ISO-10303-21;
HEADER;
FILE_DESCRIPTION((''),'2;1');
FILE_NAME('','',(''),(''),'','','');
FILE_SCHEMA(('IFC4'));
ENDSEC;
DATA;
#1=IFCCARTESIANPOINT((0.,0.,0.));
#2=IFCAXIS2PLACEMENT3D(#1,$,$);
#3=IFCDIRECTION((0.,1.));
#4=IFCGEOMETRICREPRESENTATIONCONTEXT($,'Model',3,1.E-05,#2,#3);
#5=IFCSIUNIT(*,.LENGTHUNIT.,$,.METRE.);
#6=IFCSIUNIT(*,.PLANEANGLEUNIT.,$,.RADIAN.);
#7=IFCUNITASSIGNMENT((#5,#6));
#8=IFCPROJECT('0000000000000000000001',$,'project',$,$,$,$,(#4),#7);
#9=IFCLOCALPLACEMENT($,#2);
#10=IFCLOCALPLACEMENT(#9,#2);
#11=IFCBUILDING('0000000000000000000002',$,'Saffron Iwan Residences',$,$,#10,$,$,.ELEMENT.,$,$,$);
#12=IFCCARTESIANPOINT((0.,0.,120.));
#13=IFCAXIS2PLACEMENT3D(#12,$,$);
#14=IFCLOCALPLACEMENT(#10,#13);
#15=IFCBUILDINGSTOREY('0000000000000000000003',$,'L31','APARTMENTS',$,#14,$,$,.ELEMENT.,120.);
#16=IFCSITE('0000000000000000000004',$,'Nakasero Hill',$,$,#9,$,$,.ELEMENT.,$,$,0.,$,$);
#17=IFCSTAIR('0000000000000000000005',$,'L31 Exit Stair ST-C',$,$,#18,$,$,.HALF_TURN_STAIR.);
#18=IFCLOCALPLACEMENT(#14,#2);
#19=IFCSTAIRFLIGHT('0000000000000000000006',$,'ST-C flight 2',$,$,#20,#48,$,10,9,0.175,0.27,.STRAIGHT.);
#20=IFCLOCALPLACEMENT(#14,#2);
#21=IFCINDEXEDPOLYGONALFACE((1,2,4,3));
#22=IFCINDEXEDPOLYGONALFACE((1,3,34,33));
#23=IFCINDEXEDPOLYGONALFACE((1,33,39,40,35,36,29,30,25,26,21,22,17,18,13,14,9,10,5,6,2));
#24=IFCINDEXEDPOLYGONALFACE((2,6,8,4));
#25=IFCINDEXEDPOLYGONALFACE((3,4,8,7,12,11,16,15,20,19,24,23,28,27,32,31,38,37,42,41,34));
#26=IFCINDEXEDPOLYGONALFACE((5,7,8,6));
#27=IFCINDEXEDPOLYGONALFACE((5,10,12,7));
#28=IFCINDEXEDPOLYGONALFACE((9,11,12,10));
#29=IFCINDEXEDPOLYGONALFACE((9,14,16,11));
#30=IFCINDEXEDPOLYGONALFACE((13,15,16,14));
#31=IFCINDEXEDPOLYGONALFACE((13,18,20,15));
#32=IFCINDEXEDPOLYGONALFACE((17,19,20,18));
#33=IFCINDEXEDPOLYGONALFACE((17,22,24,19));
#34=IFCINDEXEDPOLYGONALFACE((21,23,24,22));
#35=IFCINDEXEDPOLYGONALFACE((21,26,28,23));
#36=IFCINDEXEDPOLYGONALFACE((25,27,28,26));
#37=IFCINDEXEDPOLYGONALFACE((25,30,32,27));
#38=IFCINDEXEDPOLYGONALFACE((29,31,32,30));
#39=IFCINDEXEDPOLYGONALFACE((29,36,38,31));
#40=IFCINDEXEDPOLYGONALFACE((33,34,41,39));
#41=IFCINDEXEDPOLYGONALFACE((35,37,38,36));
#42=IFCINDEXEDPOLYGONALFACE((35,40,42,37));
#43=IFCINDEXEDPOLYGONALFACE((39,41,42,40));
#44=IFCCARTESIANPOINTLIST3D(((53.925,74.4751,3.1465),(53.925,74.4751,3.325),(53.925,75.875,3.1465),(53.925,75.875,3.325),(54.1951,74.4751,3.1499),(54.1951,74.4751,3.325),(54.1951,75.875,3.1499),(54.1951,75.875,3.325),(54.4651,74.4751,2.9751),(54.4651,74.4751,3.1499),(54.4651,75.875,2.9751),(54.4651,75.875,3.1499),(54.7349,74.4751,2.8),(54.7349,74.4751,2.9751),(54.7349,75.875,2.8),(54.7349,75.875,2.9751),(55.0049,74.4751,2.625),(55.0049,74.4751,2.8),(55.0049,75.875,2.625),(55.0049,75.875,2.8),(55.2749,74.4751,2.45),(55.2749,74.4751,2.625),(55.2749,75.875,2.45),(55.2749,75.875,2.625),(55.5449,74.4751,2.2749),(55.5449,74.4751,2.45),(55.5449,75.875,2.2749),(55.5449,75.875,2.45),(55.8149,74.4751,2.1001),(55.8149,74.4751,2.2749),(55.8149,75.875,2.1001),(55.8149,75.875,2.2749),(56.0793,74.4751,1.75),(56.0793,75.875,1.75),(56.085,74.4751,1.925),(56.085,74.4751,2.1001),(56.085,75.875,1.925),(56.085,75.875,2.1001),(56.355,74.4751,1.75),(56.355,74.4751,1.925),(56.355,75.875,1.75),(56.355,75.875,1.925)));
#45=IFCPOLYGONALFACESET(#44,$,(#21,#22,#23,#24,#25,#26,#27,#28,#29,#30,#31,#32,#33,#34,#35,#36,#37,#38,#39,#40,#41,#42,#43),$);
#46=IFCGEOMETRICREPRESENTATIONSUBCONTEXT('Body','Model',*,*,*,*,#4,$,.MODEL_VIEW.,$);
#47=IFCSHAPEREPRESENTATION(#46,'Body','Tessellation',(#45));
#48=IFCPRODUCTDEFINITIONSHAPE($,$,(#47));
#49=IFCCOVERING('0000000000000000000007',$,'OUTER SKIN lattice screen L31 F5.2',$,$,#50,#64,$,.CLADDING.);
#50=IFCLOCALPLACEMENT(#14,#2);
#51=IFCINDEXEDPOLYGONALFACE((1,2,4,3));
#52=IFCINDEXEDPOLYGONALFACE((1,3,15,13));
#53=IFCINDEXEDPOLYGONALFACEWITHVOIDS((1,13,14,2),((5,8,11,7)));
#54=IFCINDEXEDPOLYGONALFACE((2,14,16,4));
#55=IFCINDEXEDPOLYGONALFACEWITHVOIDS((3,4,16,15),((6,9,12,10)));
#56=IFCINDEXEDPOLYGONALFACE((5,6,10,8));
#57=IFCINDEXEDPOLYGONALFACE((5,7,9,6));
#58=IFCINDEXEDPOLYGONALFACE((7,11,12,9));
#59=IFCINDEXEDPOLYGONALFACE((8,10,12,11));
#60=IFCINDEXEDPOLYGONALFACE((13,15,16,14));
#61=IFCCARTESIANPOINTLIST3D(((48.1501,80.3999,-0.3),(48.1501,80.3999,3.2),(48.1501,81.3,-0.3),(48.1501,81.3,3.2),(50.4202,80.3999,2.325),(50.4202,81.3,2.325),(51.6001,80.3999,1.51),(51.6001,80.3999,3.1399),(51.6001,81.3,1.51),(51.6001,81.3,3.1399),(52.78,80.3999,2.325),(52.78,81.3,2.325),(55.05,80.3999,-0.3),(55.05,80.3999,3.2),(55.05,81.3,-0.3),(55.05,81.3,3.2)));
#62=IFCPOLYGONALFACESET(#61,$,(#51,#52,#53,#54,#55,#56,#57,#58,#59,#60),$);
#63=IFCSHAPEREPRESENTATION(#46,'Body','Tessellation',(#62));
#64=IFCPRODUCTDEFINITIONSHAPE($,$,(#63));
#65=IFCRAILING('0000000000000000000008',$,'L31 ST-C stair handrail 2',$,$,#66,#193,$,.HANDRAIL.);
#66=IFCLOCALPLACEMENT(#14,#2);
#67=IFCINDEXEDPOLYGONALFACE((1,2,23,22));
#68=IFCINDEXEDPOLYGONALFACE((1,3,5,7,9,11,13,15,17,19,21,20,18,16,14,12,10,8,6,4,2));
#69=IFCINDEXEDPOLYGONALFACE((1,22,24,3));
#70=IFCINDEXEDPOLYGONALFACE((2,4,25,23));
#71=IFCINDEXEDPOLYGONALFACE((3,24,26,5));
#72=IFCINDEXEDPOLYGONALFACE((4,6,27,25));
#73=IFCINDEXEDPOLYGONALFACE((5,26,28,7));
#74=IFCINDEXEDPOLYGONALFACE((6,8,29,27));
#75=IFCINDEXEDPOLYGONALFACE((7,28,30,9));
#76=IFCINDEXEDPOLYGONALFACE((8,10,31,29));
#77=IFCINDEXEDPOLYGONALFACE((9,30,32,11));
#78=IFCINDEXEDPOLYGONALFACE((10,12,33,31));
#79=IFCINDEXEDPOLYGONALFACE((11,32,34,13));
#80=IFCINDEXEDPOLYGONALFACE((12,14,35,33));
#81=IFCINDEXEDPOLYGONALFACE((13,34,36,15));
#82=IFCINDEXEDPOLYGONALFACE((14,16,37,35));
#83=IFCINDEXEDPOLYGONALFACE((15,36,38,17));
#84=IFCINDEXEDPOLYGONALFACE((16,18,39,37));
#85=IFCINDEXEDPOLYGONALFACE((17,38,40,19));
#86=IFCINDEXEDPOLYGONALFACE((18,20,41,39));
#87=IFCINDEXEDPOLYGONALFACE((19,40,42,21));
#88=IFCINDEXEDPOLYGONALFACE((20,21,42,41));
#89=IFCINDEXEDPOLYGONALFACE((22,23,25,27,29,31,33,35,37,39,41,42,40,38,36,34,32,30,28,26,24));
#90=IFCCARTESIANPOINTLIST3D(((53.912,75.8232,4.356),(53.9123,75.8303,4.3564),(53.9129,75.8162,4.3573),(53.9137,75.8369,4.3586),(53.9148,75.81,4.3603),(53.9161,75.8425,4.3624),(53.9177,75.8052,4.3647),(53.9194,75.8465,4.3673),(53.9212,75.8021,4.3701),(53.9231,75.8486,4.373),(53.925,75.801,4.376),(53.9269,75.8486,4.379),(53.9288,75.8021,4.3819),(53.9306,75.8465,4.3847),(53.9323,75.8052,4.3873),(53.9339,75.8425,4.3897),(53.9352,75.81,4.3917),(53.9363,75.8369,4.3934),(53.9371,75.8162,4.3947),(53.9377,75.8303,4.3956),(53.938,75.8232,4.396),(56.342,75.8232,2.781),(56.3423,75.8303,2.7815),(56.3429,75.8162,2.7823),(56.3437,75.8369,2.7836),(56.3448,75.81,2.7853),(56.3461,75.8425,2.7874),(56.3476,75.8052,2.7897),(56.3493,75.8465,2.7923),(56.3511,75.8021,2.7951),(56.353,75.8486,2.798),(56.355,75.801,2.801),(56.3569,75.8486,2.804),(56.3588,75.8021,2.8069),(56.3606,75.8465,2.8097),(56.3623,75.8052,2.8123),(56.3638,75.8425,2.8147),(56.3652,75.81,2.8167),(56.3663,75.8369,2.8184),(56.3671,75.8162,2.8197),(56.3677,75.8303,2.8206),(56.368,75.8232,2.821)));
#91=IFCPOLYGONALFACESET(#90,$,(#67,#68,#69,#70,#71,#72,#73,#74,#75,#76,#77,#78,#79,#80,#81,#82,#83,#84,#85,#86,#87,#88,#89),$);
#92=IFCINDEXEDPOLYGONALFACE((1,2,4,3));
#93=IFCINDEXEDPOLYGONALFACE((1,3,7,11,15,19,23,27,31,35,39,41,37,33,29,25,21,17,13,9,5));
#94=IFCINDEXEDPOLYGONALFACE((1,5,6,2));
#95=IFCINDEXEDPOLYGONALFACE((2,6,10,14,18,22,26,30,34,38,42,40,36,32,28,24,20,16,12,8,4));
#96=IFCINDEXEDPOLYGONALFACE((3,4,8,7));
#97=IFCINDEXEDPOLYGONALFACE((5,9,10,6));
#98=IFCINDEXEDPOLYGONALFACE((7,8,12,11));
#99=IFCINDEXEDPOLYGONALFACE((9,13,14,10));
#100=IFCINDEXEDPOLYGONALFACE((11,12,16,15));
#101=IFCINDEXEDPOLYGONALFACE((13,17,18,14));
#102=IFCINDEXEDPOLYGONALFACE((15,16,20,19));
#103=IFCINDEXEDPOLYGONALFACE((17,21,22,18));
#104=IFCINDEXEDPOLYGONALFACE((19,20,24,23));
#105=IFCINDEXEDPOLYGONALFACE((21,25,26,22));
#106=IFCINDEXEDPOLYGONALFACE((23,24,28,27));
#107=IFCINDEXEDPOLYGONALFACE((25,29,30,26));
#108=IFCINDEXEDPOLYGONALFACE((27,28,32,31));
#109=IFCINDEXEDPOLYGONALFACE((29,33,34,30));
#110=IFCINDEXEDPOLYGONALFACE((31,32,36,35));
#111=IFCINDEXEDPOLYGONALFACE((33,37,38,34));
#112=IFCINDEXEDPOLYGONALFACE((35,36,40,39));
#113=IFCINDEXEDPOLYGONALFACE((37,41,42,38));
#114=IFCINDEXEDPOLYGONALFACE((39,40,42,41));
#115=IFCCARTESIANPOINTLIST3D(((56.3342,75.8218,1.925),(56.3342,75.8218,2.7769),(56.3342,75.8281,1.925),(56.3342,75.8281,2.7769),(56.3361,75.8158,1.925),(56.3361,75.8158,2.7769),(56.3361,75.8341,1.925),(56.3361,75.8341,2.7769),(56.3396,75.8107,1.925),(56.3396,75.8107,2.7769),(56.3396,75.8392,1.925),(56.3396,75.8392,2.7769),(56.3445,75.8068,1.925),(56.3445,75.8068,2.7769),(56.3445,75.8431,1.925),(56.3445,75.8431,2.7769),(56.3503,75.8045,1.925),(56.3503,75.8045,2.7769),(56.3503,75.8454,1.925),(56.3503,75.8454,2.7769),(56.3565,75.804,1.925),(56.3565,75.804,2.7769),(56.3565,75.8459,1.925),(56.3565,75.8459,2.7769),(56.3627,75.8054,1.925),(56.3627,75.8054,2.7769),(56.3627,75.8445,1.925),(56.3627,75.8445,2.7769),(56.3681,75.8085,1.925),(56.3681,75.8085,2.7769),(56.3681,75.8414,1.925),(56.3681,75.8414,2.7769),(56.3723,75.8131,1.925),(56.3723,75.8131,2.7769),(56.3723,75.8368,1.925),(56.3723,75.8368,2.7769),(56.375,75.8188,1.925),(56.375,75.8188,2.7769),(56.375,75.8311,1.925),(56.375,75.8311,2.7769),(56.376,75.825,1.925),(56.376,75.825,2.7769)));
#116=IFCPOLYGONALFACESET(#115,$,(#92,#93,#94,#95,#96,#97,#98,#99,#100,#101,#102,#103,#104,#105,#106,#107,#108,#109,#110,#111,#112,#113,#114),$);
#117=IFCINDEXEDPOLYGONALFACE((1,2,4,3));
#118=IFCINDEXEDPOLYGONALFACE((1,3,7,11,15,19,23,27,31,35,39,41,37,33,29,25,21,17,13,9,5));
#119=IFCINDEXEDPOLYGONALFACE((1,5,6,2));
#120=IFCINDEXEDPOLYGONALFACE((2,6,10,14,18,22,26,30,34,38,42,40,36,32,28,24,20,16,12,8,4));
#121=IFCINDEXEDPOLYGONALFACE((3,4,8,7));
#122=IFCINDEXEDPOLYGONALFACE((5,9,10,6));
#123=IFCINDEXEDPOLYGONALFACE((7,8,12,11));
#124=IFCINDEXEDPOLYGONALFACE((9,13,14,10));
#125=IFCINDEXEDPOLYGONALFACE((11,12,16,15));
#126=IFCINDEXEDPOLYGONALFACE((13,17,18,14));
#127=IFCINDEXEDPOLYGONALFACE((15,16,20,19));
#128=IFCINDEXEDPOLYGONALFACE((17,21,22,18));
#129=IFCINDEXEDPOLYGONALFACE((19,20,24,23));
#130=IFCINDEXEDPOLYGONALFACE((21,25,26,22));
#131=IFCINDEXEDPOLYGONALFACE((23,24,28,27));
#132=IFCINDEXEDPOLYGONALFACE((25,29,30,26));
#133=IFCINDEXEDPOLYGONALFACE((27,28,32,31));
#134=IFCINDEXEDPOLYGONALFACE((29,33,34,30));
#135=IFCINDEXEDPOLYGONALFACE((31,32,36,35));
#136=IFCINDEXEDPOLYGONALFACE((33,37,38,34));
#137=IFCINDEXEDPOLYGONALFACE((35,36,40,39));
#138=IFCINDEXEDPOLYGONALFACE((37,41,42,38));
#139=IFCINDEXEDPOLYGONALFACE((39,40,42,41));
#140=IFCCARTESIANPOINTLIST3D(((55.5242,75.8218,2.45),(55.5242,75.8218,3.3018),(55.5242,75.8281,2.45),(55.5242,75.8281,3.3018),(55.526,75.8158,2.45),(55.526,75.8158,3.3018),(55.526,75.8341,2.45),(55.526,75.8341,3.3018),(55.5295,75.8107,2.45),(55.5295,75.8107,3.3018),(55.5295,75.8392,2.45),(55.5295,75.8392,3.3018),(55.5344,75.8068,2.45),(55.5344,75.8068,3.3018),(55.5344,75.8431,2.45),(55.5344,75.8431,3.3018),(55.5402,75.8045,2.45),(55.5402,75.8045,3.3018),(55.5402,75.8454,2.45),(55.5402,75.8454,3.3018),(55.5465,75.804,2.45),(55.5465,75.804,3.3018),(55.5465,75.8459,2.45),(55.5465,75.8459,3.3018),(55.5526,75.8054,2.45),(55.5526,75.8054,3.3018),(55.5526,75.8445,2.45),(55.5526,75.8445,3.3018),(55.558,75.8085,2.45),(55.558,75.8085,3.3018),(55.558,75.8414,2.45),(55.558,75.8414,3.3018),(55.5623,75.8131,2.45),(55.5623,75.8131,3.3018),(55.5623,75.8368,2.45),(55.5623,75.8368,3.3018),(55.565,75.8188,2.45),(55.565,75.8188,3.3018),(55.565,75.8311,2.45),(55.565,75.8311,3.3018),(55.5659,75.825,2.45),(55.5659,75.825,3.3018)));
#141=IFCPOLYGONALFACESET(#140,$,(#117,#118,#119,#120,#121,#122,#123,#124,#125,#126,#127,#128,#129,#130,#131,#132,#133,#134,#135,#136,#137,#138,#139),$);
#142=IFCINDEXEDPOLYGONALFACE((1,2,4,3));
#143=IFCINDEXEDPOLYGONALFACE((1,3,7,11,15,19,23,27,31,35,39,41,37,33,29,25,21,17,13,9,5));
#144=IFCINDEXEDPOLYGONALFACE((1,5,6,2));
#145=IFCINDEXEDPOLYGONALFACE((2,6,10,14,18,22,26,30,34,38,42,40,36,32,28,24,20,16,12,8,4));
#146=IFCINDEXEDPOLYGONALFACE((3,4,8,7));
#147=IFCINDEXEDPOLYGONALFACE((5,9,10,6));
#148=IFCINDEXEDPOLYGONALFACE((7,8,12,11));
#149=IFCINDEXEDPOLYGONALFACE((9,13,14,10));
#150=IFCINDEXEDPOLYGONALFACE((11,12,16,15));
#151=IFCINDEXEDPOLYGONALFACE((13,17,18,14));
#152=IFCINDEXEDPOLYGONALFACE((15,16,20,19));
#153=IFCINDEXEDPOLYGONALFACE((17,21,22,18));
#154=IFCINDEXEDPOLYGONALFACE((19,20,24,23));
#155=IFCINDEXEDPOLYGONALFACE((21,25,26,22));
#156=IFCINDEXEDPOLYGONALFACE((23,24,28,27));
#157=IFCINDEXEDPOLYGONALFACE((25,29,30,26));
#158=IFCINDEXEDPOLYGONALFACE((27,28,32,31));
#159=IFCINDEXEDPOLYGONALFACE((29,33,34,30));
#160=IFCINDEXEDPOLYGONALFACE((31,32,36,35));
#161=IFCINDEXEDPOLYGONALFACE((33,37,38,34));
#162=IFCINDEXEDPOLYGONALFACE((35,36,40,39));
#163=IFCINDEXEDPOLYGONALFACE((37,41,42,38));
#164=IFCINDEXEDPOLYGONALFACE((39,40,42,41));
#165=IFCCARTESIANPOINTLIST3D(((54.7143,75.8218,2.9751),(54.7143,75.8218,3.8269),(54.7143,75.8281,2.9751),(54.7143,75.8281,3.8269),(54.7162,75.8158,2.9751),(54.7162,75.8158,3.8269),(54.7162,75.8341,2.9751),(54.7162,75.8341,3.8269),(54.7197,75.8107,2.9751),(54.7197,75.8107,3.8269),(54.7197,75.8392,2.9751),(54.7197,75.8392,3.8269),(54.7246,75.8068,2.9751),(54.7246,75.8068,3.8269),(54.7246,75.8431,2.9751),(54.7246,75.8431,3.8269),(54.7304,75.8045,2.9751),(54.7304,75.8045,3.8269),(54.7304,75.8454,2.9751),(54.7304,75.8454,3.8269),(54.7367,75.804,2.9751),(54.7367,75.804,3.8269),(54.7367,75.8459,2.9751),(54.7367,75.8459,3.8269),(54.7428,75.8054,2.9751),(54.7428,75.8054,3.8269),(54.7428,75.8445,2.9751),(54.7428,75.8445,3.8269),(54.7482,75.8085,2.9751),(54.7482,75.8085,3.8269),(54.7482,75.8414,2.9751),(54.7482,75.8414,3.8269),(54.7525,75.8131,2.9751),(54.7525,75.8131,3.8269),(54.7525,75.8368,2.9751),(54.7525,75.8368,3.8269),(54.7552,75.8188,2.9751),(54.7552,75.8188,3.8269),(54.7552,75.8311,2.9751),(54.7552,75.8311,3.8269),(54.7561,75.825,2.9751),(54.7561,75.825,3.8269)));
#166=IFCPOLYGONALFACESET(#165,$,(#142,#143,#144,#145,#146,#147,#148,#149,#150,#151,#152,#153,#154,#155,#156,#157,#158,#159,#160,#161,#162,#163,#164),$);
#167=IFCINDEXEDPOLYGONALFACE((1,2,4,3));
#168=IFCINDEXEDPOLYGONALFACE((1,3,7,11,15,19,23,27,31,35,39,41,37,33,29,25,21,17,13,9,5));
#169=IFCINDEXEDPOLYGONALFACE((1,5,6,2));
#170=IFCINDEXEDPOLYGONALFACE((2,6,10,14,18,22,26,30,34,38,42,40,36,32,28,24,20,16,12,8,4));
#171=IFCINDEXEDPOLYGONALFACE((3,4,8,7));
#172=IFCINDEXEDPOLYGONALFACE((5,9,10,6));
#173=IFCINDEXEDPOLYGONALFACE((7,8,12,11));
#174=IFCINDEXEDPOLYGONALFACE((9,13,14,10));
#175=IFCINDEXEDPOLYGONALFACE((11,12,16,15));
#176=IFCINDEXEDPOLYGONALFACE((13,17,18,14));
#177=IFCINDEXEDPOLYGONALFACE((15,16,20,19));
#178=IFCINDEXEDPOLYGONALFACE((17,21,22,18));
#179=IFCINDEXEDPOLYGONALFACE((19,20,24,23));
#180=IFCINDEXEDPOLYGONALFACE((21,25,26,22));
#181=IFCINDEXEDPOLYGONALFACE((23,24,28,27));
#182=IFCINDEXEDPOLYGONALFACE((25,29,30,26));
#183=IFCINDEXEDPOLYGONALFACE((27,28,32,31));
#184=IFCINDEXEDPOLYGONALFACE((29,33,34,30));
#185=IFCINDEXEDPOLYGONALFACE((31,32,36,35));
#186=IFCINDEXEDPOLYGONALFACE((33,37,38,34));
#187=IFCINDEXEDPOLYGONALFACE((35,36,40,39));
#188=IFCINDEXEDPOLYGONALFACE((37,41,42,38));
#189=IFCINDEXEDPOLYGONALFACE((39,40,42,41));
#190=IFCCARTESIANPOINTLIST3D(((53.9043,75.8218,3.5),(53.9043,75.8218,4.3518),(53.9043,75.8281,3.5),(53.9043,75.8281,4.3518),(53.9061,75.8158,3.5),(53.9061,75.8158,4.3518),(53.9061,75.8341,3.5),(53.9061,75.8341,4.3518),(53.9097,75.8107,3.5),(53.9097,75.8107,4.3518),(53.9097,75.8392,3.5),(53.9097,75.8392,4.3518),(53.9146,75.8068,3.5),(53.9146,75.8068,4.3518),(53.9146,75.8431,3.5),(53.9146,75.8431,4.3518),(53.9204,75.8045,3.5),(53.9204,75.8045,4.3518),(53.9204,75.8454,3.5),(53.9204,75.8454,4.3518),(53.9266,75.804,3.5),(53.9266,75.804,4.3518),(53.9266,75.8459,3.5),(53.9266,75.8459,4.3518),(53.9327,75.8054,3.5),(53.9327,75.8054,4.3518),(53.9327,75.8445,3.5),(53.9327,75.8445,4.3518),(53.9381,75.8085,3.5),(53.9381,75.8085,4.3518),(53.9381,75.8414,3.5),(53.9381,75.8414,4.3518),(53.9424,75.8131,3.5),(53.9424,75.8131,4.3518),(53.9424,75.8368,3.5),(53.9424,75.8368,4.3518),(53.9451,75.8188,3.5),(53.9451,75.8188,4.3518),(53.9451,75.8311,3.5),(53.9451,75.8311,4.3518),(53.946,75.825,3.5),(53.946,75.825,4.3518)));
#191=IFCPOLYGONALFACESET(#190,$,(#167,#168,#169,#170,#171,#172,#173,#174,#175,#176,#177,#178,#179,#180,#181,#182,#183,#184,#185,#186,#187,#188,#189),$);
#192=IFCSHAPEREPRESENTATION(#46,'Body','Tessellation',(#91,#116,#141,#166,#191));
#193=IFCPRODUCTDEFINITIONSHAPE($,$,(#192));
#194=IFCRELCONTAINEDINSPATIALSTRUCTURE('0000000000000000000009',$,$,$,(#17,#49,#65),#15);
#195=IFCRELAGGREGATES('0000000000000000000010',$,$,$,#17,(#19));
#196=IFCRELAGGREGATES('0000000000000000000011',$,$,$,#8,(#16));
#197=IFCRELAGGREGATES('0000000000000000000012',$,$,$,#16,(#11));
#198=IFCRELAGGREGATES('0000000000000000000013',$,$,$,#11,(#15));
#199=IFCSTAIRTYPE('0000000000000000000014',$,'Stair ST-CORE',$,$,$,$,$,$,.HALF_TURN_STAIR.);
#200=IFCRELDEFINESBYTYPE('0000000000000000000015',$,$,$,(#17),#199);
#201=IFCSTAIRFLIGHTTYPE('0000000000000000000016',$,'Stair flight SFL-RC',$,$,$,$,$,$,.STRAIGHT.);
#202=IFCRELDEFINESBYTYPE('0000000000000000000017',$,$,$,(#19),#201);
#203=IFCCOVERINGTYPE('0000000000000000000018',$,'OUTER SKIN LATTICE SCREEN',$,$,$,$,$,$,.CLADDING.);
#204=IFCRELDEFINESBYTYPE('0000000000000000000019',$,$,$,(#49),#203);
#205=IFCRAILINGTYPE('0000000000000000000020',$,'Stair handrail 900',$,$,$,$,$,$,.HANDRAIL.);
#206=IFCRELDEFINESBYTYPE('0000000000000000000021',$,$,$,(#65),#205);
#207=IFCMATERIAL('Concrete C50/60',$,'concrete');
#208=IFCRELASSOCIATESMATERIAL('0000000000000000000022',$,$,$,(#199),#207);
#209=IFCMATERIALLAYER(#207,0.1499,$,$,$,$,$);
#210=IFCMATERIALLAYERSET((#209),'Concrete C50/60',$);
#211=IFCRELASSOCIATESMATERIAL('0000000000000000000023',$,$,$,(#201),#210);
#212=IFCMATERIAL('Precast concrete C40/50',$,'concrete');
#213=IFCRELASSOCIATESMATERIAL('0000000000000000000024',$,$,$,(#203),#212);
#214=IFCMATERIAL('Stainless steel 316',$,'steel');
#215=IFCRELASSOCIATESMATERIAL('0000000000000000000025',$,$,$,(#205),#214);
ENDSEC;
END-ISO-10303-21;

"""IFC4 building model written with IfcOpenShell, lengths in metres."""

from ifc_helpers import new_model, si_unit, direction, frame, origin, origin_2d, place, context, subcontext, project, spatial, polyline, circle, outline, extrude, material, layer, layer_set, type_object, element, aggregate, save


model = new_model("IFC4")

# Units and contexts
model_context = context("Model", 3, precision=1e-05, world=origin(), true_north=direction((0.0, 1.0)))
body_context = subcontext(model_context, "Body", "Model", "MODEL_VIEW")
ifc_project = project(units=[si_unit("LENGTHUNIT", "METRE"), si_unit("PLANEANGLEUNIT", "RADIAN")], contexts=[model_context])

# Site, building, storey
site_placement = place(None, origin())
site = spatial("IfcSite", under=ifc_project, at=site_placement, Name="Nakasero Hill", CompositionType="ELEMENT", RefElevation=0.0)
building_placement = place(site_placement, origin())
building = spatial("IfcBuilding", under=site, at=building_placement, Name="Saffron Iwan Residences", CompositionType="ELEMENT")
storey_placement = place(building_placement, frame((0.0, 0.0, 120.0)))
storey = spatial("IfcBuildingStorey", under=building, at=storey_placement, Name="L31", Description="APARTMENTS", CompositionType="ELEMENT", Elevation=120.0)

# Shared definitions
ifc_material_1 = material(Name="Concrete C50/60", Category="concrete")

# Stair, stair flight
stair_type = type_object("IfcStairType", Name="Stair ST-CORE", PredefinedType="HALF_TURN_STAIR", material=ifc_material_1)
stair_placement = place(storey_placement, origin())
stair = element("IfcStair", 1, at=stair_placement, inside=storey, type_object=stair_type, Name="L31 Exit Stair ST-C", PredefinedType="HALF_TURN_STAIR")
ifc_layer_1 = layer(ifc_material_1, 0.1499)
ifc_layer_set_1 = layer_set([ifc_layer_1], Name="Concrete C50/60")
stair_flight_type = type_object("IfcStairFlightType", Name="Stair flight SFL-RC", PredefinedType="STRAIGHT", material=ifc_layer_set_1)
stair_flight_placement = place(storey_placement, frame((56.355, 75.175, 1.75), z_axis=(0.0, 0.0, 1.0), x_axis=(-1.0, 0.0, 0.0)))
stair_flight = element("IfcStairFlight", 2, at=stair_flight_placement, type_object=stair_flight_type, Name="ST-C flight 2", NumberOfRisers=10, NumberOfTreads=9, PredefinedType="STRAIGHT", RiserHeight=0.175, TreadLength=0.27, context=body_context, shape_type="SweptSolid", body=[
    extrude(outline(polyline([(0.0, 0.0), (0.0, 0.175), (0.27, 0.175), (0.27, 0.3501), (0.54, 0.3501), (0.54, 0.5249), (0.8101, 0.5249), (0.8101, 0.7), (1.0801, 0.7), (1.0801, 0.875), (1.3501, 0.875), (1.3501, 1.05), (1.6201, 1.05), (1.6201, 1.2251), (1.8899, 1.2251), (1.8899, 1.3999), (2.1599, 1.3999), (2.1599, 1.575), (2.4299, 1.575), (2.4299, 1.75), (2.4299, 1.3965), (0.2756, 0.0), (0.0, 0.0)])), frame((0.0, 0.7, 0.0), z_axis=(0.0, -1.0, 0.0), x_axis=(1.0, 0.0, 0.0)), (0.0, 0.0, 1.0), 1.3999),
])
aggregate(stair, [stair_flight])

# Covering
ifc_material_2 = material(Name="Precast concrete C40/50", Category="concrete")
covering_type_1 = type_object("IfcCoveringType", Name="OUTER SKIN LATTICE SCREEN", PredefinedType="CLADDING", material=ifc_material_2)
covering_1_placement = place(storey_placement, frame((55.05, 80.3999, -0.3), z_axis=(0.0, 1.0, 0.0), x_axis=(-1.0, 0.0, 0.0)))
element("IfcCovering", 3, at=covering_1_placement, inside=storey, type_object=covering_type_1, Name="OUTER SKIN lattice screen L31 F5.2", PredefinedType="CLADDING", context=body_context, shape_type="SweptSolid", body=[
    extrude(outline(polyline([(0.0, 0.0), (6.8999, 0.0), (6.8999, 3.5), (0.0, 3.5), (0.0, 0.0)]), holes=[polyline([(2.27, 2.625), (3.45, 1.8101), (4.6299, 2.625), (3.45, 3.4399), (2.27, 2.625)])]), origin(), (0.0, 0.0, 1.0), 0.9001),
])

# Railing
ifc_material_3 = material(Name="Stainless steel 316", Category="steel")
railing_type = type_object("IfcRailingType", Name="Stair handrail 900", PredefinedType="HANDRAIL", material=ifc_material_3)
railing_placement = place(storey_placement, frame((56.355, 75.825, 1.925)))
element("IfcRailing", 4, at=railing_placement, inside=storey, type_object=railing_type, Name="L31 ST-C stair handrail 2", PredefinedType="HANDRAIL", context=body_context, shape_type="SweptSolid", body=[
    extrude(circle(Radius=0.0239, at=origin_2d()), frame((0.0, 0.0, 0.876), z_axis=(-0.839154, 0.0, 0.543894), x_axis=(0.0, -1.0, 0.0)), (0.0, 0.0, 1.0), 2.8958),
    extrude(circle(Radius=0.021, at=origin_2d()), origin(), (0.0, 0.0, 1.0), 0.8518),
    extrude(circle(Radius=0.021, at=origin_2d()), frame((-0.8101, 0.0, 0.5249)), (0.0, 0.0, 1.0), 0.8518),
    extrude(circle(Radius=0.021, at=origin_2d()), frame((-1.6199, 0.0, 1.05)), (0.0, 0.0, 1.0), 0.8518),
    extrude(circle(Radius=0.021, at=origin_2d()), frame((-2.4299, 0.0, 1.575)), (0.0, 0.0, 1.0), 0.8518),
])

save(model, "model.ifc")
